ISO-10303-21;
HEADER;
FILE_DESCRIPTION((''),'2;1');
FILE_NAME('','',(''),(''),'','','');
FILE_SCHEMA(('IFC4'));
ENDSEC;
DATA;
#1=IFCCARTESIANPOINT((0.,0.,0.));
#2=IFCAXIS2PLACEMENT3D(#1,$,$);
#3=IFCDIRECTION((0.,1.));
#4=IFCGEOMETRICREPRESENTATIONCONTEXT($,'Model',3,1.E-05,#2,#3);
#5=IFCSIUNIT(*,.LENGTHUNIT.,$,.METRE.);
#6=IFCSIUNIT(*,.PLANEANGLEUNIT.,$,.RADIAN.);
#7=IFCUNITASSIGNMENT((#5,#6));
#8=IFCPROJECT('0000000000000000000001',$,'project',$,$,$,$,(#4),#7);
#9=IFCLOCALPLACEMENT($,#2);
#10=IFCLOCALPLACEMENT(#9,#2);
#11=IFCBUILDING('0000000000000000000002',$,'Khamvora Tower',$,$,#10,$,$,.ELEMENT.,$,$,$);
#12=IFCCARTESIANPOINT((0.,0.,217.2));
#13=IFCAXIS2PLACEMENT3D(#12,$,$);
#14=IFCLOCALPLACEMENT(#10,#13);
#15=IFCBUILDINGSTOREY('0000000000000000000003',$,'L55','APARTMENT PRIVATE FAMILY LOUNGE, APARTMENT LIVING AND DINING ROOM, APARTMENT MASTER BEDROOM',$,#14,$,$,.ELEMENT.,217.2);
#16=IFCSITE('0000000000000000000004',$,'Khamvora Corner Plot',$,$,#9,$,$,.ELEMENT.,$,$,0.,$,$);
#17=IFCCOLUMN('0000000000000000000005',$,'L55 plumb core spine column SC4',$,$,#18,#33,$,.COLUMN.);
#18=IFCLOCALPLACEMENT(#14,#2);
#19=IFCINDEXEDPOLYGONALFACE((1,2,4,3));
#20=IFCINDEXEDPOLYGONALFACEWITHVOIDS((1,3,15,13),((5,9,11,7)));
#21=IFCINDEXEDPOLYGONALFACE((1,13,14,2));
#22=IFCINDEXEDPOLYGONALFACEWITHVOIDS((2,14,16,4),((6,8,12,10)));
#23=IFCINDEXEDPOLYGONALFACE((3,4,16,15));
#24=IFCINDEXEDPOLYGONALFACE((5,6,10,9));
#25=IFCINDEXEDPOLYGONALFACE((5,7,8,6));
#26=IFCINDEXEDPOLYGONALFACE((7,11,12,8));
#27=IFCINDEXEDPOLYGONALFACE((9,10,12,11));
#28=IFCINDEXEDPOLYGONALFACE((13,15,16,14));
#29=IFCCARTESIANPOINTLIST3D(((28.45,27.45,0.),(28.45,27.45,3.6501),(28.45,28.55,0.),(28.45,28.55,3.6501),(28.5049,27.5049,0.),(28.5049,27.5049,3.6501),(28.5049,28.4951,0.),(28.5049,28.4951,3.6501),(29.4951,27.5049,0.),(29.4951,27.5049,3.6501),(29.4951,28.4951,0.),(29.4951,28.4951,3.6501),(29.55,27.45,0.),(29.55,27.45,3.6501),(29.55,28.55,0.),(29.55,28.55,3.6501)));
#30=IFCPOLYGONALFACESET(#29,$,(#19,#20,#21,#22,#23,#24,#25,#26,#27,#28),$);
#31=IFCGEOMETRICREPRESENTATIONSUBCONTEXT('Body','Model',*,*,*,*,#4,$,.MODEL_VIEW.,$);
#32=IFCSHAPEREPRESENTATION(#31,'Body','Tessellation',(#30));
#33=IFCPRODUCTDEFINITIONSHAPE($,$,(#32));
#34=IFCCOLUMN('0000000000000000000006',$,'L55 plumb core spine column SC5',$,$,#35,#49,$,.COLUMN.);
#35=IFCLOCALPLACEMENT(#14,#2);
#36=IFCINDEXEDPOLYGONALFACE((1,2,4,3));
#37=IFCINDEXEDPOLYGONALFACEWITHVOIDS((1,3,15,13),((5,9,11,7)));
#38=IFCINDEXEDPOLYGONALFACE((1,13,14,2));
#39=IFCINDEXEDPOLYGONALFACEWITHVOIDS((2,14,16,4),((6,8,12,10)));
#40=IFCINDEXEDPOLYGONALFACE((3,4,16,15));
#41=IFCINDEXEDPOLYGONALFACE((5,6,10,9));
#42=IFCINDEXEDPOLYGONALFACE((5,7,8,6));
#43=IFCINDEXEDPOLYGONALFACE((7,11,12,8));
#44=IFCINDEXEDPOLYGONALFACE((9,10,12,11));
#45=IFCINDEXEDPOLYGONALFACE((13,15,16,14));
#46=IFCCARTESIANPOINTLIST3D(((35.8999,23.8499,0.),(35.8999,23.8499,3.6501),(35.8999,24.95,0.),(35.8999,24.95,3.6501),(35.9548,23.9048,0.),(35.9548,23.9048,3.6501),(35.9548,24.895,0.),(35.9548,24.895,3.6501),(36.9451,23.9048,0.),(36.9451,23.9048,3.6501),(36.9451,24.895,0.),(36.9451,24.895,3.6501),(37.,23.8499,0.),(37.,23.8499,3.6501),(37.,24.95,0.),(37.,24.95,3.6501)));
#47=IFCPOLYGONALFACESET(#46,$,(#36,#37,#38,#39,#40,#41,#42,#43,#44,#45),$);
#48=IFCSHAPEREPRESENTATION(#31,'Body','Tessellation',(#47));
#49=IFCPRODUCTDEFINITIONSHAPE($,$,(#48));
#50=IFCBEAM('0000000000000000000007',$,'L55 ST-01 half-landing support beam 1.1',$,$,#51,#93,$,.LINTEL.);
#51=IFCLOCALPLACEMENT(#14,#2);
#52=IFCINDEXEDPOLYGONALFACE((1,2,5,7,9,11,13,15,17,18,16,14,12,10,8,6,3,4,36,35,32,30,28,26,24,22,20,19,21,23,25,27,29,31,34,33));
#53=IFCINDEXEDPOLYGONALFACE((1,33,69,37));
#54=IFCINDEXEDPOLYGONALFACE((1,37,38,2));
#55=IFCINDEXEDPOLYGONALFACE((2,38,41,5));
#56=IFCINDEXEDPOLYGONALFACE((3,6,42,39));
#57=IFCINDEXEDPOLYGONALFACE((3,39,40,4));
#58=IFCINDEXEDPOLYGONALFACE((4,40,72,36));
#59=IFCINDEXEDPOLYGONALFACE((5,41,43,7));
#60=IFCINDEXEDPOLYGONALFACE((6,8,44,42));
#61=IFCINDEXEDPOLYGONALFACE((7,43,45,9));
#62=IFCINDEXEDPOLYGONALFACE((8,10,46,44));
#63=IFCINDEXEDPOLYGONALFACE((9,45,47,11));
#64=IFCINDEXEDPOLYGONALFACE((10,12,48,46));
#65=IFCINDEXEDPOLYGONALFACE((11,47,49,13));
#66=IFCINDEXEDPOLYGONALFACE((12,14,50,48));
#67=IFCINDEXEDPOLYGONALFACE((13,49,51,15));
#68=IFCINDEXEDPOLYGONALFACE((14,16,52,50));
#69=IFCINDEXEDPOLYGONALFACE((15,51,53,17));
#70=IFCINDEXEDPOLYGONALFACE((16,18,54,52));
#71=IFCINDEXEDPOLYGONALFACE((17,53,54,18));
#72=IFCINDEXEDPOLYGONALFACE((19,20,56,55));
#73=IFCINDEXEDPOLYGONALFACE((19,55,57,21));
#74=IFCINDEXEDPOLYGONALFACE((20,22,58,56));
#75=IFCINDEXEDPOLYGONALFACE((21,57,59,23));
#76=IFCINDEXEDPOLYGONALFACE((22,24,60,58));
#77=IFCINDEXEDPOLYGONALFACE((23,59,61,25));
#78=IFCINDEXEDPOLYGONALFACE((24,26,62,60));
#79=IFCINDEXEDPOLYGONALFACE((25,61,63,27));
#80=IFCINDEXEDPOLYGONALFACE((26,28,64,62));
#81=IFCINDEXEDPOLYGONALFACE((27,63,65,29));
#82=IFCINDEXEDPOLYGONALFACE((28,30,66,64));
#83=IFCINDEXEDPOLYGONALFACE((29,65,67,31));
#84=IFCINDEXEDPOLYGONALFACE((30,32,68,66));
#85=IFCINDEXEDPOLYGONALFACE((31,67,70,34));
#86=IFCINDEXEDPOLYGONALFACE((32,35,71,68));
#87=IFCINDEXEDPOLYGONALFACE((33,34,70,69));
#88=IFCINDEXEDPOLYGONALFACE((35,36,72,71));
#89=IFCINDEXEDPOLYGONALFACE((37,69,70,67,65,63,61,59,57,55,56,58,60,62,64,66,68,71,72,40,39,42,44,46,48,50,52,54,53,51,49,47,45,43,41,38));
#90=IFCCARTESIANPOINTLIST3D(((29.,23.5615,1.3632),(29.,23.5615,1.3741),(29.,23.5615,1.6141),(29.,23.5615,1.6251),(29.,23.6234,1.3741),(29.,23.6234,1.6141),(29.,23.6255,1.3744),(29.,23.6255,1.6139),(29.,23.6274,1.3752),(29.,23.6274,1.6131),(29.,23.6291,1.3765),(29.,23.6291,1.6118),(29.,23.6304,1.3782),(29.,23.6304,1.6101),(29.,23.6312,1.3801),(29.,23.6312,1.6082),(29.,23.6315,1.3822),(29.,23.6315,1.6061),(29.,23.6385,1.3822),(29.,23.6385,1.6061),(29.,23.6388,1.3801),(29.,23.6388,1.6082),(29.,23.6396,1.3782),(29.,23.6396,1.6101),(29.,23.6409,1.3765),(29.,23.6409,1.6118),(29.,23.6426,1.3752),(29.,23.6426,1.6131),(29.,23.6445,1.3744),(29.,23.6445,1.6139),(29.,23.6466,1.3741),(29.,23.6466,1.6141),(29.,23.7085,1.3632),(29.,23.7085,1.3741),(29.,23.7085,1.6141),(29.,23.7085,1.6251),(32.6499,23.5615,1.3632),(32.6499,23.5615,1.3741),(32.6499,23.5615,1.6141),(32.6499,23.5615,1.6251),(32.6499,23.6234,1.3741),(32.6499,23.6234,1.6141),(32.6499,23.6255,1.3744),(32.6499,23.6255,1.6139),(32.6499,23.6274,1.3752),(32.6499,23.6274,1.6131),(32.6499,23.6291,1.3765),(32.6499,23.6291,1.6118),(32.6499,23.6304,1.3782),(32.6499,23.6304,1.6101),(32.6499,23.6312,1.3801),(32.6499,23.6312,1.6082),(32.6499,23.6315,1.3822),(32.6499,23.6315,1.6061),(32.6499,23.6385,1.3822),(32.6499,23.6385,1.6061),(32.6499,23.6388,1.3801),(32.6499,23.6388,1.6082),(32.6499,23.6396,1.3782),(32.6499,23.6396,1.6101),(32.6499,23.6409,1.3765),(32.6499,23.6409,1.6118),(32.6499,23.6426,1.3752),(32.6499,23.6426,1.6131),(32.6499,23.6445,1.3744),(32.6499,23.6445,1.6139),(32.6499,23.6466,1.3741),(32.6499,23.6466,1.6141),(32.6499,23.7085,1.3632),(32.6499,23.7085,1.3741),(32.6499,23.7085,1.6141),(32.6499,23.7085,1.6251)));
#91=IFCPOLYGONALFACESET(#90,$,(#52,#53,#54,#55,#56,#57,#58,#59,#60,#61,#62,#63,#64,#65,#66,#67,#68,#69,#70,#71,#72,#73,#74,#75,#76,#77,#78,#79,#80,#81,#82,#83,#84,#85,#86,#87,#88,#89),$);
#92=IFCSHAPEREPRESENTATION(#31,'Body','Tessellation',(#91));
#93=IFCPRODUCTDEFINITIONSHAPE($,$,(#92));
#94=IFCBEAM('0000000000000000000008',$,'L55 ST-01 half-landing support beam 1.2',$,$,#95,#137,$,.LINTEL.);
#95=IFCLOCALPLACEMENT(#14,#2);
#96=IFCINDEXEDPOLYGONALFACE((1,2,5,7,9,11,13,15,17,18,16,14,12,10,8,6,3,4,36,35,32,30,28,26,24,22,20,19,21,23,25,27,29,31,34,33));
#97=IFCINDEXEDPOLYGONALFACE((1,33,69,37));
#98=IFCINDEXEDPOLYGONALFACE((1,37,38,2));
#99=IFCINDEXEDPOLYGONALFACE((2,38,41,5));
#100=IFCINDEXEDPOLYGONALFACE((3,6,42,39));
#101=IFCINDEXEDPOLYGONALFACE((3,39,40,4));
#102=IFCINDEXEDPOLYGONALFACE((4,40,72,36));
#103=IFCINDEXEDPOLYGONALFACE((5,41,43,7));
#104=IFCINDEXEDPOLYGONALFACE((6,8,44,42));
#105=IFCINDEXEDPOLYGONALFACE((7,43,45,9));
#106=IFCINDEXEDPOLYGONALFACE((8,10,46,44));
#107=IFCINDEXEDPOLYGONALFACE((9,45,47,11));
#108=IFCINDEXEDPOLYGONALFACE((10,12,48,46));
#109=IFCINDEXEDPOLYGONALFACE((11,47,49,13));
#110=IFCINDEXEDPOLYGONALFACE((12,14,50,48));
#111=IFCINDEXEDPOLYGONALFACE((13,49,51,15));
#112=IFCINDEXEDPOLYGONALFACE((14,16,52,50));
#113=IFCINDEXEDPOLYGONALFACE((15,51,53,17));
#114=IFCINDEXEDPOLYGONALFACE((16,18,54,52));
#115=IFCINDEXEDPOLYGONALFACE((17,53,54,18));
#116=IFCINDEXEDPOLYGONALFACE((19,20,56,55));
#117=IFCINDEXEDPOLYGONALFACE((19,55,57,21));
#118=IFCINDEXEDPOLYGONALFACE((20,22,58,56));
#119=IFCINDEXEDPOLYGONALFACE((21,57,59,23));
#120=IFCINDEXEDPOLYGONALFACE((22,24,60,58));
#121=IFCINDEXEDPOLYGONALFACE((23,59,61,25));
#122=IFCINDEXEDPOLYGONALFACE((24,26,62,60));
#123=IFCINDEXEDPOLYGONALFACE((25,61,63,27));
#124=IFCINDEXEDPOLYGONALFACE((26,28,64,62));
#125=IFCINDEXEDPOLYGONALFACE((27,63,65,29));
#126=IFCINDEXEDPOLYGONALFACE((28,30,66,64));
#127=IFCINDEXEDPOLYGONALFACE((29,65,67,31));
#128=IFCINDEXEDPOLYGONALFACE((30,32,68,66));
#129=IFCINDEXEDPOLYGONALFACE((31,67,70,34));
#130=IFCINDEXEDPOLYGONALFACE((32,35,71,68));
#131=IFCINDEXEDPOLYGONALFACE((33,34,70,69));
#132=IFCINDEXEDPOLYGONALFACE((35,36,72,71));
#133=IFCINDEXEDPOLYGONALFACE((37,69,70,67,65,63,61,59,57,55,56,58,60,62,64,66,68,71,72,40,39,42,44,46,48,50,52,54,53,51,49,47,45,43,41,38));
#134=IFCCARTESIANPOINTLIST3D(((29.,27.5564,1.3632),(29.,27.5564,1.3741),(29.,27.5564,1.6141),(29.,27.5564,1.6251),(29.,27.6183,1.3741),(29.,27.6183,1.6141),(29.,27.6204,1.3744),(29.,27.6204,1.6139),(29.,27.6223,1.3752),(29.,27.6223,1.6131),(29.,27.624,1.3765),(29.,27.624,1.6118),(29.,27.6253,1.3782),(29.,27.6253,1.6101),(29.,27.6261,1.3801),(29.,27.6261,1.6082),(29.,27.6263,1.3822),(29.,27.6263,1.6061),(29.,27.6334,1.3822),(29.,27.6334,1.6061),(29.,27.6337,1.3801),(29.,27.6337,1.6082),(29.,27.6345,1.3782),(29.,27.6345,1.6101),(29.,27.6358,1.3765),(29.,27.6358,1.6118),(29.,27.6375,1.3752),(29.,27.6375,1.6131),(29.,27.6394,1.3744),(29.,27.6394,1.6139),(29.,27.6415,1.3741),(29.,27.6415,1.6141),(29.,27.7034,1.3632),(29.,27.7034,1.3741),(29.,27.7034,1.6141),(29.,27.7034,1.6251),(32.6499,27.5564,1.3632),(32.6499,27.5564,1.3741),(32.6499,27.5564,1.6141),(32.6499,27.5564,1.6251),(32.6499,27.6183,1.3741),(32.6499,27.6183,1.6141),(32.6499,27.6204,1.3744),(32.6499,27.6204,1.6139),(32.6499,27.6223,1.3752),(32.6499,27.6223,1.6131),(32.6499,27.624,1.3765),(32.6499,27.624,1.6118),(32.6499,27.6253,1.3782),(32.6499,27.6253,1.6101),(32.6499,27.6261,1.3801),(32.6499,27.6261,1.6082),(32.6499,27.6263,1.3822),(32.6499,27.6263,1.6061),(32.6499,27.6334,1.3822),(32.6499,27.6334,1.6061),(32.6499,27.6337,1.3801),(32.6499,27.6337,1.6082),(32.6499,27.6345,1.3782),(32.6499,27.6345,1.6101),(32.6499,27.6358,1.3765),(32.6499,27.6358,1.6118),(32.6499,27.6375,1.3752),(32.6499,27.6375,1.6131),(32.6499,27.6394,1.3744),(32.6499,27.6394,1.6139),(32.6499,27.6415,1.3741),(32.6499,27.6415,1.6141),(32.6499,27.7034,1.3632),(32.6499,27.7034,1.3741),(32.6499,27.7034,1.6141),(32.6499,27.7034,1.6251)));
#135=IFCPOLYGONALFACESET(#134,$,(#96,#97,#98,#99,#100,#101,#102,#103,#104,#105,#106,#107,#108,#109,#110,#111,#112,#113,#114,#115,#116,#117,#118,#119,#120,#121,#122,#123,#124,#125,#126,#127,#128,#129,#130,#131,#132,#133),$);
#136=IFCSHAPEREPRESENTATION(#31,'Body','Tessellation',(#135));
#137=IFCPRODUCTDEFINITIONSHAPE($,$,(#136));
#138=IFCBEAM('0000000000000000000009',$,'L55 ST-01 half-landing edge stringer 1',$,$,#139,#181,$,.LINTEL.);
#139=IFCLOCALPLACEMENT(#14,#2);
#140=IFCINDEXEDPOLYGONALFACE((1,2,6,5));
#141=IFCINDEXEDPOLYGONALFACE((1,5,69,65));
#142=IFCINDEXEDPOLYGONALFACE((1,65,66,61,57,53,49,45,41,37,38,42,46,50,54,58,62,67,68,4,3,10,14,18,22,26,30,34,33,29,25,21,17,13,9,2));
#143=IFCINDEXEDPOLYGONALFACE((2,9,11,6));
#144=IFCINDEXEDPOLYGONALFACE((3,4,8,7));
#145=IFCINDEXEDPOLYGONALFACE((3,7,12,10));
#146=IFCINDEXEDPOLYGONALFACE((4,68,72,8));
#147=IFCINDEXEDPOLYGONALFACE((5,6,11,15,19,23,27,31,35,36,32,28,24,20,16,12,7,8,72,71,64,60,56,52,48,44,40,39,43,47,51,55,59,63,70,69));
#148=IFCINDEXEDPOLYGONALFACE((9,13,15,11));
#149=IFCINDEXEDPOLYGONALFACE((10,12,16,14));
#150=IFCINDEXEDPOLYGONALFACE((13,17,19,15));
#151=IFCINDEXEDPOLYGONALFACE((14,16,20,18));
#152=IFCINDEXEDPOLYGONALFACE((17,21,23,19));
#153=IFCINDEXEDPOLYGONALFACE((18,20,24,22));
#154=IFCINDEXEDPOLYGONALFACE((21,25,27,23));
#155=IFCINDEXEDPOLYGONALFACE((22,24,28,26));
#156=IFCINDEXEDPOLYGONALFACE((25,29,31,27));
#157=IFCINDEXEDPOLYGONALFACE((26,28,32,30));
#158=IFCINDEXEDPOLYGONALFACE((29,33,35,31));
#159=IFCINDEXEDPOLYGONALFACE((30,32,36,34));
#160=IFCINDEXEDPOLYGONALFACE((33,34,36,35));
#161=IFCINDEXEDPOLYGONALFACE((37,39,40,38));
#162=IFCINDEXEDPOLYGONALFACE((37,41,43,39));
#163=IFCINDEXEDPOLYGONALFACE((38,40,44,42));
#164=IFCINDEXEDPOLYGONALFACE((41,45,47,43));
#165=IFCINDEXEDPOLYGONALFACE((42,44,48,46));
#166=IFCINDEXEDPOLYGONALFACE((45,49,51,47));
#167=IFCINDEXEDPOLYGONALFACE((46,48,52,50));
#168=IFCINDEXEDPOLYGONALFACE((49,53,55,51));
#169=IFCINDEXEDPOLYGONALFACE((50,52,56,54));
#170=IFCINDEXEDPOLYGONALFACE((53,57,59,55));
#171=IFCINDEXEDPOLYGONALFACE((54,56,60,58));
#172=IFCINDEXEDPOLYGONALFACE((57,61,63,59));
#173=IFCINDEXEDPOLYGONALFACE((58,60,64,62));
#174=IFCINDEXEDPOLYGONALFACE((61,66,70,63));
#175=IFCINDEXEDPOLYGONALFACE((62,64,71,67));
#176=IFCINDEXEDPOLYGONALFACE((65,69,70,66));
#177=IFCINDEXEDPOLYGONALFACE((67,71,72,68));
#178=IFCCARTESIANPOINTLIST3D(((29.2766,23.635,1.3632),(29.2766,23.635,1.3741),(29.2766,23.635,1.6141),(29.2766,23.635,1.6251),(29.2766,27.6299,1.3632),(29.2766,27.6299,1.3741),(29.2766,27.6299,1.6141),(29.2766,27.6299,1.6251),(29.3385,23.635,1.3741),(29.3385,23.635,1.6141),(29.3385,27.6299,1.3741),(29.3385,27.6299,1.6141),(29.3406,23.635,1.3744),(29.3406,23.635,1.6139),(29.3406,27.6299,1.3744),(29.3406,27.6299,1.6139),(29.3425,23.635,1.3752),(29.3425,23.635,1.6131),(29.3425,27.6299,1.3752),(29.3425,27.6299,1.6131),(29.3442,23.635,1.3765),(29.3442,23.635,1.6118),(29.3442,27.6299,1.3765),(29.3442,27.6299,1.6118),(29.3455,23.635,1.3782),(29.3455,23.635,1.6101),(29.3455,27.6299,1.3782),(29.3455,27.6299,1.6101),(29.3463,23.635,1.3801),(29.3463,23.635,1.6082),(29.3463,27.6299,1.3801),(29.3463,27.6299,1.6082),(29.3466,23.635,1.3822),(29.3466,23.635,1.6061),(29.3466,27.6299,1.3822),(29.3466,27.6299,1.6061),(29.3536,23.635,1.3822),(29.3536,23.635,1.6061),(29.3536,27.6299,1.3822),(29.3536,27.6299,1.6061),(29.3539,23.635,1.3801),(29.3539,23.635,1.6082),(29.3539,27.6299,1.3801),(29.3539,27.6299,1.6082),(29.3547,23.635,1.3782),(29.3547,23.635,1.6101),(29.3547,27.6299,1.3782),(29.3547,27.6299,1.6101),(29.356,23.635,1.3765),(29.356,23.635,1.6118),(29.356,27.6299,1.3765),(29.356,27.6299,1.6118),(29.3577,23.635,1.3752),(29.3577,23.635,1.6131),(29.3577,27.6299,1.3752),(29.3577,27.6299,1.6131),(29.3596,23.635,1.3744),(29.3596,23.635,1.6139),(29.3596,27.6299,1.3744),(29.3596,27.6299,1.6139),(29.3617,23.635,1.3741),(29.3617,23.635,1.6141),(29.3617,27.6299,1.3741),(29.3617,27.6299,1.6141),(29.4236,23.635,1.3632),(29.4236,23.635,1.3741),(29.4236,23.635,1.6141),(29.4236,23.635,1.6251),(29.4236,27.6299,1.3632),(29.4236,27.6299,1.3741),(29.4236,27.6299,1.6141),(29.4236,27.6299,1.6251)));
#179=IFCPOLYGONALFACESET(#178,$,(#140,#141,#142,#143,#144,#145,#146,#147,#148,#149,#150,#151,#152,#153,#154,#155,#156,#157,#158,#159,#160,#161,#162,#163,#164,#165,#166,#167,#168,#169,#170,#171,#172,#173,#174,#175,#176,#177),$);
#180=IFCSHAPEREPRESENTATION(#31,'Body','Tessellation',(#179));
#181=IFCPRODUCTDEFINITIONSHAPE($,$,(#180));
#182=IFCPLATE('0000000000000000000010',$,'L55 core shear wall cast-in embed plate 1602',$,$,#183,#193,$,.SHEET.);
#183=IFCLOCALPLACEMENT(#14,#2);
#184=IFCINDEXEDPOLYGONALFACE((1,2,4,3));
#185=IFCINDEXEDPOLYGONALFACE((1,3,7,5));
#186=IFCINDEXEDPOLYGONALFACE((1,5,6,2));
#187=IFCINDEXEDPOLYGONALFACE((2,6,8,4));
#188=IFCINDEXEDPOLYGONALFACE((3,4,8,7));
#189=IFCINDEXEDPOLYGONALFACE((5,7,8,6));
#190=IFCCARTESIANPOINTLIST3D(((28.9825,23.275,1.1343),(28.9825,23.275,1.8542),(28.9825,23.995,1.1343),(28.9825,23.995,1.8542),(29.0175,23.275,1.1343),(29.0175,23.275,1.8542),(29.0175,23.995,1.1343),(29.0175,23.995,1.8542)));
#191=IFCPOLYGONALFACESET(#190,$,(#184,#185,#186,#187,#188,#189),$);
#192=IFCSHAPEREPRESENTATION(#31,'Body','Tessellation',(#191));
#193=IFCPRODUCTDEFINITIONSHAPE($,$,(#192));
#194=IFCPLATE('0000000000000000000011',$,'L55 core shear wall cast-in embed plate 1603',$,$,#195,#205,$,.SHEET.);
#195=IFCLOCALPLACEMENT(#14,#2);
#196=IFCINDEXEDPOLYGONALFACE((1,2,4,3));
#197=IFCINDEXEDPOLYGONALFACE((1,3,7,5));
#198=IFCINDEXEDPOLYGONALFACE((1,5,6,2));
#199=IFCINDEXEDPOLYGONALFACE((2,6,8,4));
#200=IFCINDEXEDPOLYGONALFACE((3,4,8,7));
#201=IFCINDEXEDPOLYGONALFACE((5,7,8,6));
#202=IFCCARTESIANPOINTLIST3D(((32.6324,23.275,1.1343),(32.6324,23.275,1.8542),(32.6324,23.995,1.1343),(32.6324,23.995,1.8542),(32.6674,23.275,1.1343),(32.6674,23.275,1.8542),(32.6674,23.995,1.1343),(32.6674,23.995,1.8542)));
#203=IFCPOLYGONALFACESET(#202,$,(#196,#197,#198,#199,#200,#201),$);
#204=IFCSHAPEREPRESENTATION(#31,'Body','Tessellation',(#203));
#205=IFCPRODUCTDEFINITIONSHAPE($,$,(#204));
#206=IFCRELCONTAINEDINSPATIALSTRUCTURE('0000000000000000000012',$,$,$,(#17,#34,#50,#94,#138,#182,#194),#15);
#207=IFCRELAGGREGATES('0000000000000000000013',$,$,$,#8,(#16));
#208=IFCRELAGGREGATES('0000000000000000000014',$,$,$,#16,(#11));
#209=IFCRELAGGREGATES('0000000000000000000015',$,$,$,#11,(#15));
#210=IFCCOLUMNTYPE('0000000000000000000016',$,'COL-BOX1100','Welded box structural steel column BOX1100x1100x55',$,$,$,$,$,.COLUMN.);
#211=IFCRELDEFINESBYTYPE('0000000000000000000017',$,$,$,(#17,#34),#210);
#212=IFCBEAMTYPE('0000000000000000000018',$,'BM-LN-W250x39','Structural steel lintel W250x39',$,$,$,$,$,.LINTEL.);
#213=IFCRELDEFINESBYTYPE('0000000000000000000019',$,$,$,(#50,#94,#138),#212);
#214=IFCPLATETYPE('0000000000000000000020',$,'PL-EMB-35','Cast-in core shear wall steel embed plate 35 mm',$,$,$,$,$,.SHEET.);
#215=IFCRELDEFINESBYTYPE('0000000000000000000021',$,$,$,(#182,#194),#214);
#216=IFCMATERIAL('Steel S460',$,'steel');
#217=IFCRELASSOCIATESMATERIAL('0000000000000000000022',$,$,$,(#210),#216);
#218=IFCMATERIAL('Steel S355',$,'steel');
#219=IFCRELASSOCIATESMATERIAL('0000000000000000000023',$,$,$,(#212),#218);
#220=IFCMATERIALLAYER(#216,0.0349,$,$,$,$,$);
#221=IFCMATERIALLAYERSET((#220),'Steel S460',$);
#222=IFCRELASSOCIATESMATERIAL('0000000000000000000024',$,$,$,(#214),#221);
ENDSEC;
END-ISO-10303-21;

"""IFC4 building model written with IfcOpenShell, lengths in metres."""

from ifc_helpers import new_model, si_unit, direction, frame, origin, origin_2d, place, context, subcontext, project, spatial, rectangle, hollow_rectangle, i_section, extrude, material, layer, layer_set, material_profile, profile_set, type_object, element, save


model = new_model("IFC4")

# Units and contexts
model_context = context("Model", 3, precision=1e-05, world=origin(), true_north=direction((0.0, 1.0)))
body_context = subcontext(model_context, "Body", "Model", "MODEL_VIEW")
ifc_project = project(units=[si_unit("LENGTHUNIT", "METRE"), si_unit("PLANEANGLEUNIT", "RADIAN")], contexts=[model_context])

# Site, building, storey
site_placement = place(None, origin())
site = spatial("IfcSite", under=ifc_project, at=site_placement, Name="Khamvora Corner Plot", CompositionType="ELEMENT", RefElevation=0.0)
building_placement = place(site_placement, origin())
building = spatial("IfcBuilding", under=site, at=building_placement, Name="Khamvora Tower", CompositionType="ELEMENT")
storey_placement = place(building_placement, frame((0.0, 0.0, 217.2)))
storey = spatial("IfcBuildingStorey", under=building, at=storey_placement, Name="L55", Description="APARTMENT PRIVATE FAMILY LOUNGE, APARTMENT LIVING AND DINING ROOM, APARTMENT MASTER BEDROOM", CompositionType="ELEMENT", Elevation=217.2)

# Columns
ifc_material_1 = material(Name="Steel S460", Category="steel")
ifc_material_profile_1 = material_profile(ifc_material_1, hollow_rectangle(XDim=1.1001, YDim=1.1001, WallThickness=0.0549, at=origin_2d()), Name="BOX1100x1100x55")
ifc_profile_set_1 = profile_set([ifc_material_profile_1], Name="Steel S460")
column_type = type_object("IfcColumnType", Name="COL-BOX1100", Description="Welded box structural steel column BOX1100x1100x55", PredefinedType="COLUMN", material=ifc_profile_set_1)
for number, where, z_axis, x_axis, name in (
    (1, (29.0, 28.0, 0.0), (0.0, 0.0, 1.0), (1.0, 0.0, 0.0), "L55 plumb core spine column SC4"),
    (2, (36.45, 24.3999, 0.0), (0.0, 0.0, 1.0), (1.0, 0.0, 0.0), "L55 plumb core spine column SC5"),
):
    element("IfcColumn", number, at=place(storey_placement, frame(where, z_axis=z_axis, x_axis=x_axis)), inside=storey, type_object=column_type, Name=name, PredefinedType="COLUMN", context=body_context, shape_type="SweptSolid", body=[
        extrude(hollow_rectangle(XDim=1.1001, YDim=1.1001, WallThickness=0.0549, at=origin_2d()), origin(), (0.0, 0.0, 1.0), 3.6501),
    ])

# Beams
ifc_material_2 = material(Name="Steel S355", Category="steel")
ifc_material_profile_2 = material_profile(ifc_material_2, i_section(OverallWidth=0.147, OverallDepth=0.262, WebThickness=0.0071, FlangeThickness=0.011, FilletRadius=0.0081, at=origin_2d()), Name="W250x39")
ifc_profile_set_2 = profile_set([ifc_material_profile_2], Name="Steel S355")
beam_type = type_object("IfcBeamType", Name="BM-LN-W250x39", Description="Structural steel lintel W250x39", PredefinedType="LINTEL", material=ifc_profile_set_2)
for number, where, z_axis, x_axis, name in (
    (3, (29.0, 23.635, 1.4941), (1.0, 0.0, 0.0), (0.0, 1.0, 0.0), "L55 ST-01 half-landing support beam 1.1"),
    (4, (29.0, 27.6299, 1.4941), (1.0, 0.0, 0.0), (0.0, 1.0, 0.0), "L55 ST-01 half-landing support beam 1.2"),
):
    element("IfcBeam", number, at=place(storey_placement, frame(where, z_axis=z_axis, x_axis=x_axis)), inside=storey, type_object=beam_type, Name=name, PredefinedType="LINTEL", context=body_context, shape_type="SweptSolid", body=[
        extrude(i_section(OverallWidth=0.147, OverallDepth=0.262, WebThickness=0.0071, FlangeThickness=0.011, FilletRadius=0.0081, at=origin_2d()), origin(), (0.0, 0.0, 1.0), 3.6499),
    ])
beam_placement = place(storey_placement, frame((29.3501, 23.635, 1.4941), z_axis=(0.0, 1.0, 0.0), x_axis=(-1.0, 0.0, 0.0)))
element("IfcBeam", 5, at=beam_placement, inside=storey, type_object=beam_type, Name="L55 ST-01 half-landing edge stringer 1", PredefinedType="LINTEL", context=body_context, shape_type="SweptSolid", body=[
    extrude(i_section(OverallWidth=0.147, OverallDepth=0.262, WebThickness=0.0071, FlangeThickness=0.011, FilletRadius=0.0081, at=origin_2d()), origin(), (0.0, 0.0, 1.0), 3.9949),
])

# Plates
ifc_layer_1 = layer(ifc_material_1, 0.0349)
ifc_layer_set_1 = layer_set([ifc_layer_1], Name="Steel S460")
plate_type = type_object("IfcPlateType", Name="PL-EMB-35", Description="Cast-in core shear wall steel embed plate 35 mm", PredefinedType="SHEET", material=ifc_layer_set_1)
for number, where, z_axis, x_axis, name in (
    (6, (29.0, 23.635, 1.1343), (0.0, 0.0, 1.0), (1.0, 0.0, 0.0), "L55 core shear wall cast-in embed plate 1602"),
    (7, (32.6499, 23.635, 1.1343), (0.0, 0.0, 1.0), (1.0, 0.0, 0.0), "L55 core shear wall cast-in embed plate 1603"),
):
    element("IfcPlate", number, at=place(storey_placement, frame(where, z_axis=z_axis, x_axis=x_axis)), inside=storey, type_object=plate_type, Name=name, PredefinedType="SHEET", context=body_context, shape_type="SweptSolid", body=[
        extrude(rectangle(XDim=0.0349, YDim=0.72, at=origin_2d()), origin(), (0.0, 0.0, 1.0), 0.72),
    ])

save(model, "model.ifc")
